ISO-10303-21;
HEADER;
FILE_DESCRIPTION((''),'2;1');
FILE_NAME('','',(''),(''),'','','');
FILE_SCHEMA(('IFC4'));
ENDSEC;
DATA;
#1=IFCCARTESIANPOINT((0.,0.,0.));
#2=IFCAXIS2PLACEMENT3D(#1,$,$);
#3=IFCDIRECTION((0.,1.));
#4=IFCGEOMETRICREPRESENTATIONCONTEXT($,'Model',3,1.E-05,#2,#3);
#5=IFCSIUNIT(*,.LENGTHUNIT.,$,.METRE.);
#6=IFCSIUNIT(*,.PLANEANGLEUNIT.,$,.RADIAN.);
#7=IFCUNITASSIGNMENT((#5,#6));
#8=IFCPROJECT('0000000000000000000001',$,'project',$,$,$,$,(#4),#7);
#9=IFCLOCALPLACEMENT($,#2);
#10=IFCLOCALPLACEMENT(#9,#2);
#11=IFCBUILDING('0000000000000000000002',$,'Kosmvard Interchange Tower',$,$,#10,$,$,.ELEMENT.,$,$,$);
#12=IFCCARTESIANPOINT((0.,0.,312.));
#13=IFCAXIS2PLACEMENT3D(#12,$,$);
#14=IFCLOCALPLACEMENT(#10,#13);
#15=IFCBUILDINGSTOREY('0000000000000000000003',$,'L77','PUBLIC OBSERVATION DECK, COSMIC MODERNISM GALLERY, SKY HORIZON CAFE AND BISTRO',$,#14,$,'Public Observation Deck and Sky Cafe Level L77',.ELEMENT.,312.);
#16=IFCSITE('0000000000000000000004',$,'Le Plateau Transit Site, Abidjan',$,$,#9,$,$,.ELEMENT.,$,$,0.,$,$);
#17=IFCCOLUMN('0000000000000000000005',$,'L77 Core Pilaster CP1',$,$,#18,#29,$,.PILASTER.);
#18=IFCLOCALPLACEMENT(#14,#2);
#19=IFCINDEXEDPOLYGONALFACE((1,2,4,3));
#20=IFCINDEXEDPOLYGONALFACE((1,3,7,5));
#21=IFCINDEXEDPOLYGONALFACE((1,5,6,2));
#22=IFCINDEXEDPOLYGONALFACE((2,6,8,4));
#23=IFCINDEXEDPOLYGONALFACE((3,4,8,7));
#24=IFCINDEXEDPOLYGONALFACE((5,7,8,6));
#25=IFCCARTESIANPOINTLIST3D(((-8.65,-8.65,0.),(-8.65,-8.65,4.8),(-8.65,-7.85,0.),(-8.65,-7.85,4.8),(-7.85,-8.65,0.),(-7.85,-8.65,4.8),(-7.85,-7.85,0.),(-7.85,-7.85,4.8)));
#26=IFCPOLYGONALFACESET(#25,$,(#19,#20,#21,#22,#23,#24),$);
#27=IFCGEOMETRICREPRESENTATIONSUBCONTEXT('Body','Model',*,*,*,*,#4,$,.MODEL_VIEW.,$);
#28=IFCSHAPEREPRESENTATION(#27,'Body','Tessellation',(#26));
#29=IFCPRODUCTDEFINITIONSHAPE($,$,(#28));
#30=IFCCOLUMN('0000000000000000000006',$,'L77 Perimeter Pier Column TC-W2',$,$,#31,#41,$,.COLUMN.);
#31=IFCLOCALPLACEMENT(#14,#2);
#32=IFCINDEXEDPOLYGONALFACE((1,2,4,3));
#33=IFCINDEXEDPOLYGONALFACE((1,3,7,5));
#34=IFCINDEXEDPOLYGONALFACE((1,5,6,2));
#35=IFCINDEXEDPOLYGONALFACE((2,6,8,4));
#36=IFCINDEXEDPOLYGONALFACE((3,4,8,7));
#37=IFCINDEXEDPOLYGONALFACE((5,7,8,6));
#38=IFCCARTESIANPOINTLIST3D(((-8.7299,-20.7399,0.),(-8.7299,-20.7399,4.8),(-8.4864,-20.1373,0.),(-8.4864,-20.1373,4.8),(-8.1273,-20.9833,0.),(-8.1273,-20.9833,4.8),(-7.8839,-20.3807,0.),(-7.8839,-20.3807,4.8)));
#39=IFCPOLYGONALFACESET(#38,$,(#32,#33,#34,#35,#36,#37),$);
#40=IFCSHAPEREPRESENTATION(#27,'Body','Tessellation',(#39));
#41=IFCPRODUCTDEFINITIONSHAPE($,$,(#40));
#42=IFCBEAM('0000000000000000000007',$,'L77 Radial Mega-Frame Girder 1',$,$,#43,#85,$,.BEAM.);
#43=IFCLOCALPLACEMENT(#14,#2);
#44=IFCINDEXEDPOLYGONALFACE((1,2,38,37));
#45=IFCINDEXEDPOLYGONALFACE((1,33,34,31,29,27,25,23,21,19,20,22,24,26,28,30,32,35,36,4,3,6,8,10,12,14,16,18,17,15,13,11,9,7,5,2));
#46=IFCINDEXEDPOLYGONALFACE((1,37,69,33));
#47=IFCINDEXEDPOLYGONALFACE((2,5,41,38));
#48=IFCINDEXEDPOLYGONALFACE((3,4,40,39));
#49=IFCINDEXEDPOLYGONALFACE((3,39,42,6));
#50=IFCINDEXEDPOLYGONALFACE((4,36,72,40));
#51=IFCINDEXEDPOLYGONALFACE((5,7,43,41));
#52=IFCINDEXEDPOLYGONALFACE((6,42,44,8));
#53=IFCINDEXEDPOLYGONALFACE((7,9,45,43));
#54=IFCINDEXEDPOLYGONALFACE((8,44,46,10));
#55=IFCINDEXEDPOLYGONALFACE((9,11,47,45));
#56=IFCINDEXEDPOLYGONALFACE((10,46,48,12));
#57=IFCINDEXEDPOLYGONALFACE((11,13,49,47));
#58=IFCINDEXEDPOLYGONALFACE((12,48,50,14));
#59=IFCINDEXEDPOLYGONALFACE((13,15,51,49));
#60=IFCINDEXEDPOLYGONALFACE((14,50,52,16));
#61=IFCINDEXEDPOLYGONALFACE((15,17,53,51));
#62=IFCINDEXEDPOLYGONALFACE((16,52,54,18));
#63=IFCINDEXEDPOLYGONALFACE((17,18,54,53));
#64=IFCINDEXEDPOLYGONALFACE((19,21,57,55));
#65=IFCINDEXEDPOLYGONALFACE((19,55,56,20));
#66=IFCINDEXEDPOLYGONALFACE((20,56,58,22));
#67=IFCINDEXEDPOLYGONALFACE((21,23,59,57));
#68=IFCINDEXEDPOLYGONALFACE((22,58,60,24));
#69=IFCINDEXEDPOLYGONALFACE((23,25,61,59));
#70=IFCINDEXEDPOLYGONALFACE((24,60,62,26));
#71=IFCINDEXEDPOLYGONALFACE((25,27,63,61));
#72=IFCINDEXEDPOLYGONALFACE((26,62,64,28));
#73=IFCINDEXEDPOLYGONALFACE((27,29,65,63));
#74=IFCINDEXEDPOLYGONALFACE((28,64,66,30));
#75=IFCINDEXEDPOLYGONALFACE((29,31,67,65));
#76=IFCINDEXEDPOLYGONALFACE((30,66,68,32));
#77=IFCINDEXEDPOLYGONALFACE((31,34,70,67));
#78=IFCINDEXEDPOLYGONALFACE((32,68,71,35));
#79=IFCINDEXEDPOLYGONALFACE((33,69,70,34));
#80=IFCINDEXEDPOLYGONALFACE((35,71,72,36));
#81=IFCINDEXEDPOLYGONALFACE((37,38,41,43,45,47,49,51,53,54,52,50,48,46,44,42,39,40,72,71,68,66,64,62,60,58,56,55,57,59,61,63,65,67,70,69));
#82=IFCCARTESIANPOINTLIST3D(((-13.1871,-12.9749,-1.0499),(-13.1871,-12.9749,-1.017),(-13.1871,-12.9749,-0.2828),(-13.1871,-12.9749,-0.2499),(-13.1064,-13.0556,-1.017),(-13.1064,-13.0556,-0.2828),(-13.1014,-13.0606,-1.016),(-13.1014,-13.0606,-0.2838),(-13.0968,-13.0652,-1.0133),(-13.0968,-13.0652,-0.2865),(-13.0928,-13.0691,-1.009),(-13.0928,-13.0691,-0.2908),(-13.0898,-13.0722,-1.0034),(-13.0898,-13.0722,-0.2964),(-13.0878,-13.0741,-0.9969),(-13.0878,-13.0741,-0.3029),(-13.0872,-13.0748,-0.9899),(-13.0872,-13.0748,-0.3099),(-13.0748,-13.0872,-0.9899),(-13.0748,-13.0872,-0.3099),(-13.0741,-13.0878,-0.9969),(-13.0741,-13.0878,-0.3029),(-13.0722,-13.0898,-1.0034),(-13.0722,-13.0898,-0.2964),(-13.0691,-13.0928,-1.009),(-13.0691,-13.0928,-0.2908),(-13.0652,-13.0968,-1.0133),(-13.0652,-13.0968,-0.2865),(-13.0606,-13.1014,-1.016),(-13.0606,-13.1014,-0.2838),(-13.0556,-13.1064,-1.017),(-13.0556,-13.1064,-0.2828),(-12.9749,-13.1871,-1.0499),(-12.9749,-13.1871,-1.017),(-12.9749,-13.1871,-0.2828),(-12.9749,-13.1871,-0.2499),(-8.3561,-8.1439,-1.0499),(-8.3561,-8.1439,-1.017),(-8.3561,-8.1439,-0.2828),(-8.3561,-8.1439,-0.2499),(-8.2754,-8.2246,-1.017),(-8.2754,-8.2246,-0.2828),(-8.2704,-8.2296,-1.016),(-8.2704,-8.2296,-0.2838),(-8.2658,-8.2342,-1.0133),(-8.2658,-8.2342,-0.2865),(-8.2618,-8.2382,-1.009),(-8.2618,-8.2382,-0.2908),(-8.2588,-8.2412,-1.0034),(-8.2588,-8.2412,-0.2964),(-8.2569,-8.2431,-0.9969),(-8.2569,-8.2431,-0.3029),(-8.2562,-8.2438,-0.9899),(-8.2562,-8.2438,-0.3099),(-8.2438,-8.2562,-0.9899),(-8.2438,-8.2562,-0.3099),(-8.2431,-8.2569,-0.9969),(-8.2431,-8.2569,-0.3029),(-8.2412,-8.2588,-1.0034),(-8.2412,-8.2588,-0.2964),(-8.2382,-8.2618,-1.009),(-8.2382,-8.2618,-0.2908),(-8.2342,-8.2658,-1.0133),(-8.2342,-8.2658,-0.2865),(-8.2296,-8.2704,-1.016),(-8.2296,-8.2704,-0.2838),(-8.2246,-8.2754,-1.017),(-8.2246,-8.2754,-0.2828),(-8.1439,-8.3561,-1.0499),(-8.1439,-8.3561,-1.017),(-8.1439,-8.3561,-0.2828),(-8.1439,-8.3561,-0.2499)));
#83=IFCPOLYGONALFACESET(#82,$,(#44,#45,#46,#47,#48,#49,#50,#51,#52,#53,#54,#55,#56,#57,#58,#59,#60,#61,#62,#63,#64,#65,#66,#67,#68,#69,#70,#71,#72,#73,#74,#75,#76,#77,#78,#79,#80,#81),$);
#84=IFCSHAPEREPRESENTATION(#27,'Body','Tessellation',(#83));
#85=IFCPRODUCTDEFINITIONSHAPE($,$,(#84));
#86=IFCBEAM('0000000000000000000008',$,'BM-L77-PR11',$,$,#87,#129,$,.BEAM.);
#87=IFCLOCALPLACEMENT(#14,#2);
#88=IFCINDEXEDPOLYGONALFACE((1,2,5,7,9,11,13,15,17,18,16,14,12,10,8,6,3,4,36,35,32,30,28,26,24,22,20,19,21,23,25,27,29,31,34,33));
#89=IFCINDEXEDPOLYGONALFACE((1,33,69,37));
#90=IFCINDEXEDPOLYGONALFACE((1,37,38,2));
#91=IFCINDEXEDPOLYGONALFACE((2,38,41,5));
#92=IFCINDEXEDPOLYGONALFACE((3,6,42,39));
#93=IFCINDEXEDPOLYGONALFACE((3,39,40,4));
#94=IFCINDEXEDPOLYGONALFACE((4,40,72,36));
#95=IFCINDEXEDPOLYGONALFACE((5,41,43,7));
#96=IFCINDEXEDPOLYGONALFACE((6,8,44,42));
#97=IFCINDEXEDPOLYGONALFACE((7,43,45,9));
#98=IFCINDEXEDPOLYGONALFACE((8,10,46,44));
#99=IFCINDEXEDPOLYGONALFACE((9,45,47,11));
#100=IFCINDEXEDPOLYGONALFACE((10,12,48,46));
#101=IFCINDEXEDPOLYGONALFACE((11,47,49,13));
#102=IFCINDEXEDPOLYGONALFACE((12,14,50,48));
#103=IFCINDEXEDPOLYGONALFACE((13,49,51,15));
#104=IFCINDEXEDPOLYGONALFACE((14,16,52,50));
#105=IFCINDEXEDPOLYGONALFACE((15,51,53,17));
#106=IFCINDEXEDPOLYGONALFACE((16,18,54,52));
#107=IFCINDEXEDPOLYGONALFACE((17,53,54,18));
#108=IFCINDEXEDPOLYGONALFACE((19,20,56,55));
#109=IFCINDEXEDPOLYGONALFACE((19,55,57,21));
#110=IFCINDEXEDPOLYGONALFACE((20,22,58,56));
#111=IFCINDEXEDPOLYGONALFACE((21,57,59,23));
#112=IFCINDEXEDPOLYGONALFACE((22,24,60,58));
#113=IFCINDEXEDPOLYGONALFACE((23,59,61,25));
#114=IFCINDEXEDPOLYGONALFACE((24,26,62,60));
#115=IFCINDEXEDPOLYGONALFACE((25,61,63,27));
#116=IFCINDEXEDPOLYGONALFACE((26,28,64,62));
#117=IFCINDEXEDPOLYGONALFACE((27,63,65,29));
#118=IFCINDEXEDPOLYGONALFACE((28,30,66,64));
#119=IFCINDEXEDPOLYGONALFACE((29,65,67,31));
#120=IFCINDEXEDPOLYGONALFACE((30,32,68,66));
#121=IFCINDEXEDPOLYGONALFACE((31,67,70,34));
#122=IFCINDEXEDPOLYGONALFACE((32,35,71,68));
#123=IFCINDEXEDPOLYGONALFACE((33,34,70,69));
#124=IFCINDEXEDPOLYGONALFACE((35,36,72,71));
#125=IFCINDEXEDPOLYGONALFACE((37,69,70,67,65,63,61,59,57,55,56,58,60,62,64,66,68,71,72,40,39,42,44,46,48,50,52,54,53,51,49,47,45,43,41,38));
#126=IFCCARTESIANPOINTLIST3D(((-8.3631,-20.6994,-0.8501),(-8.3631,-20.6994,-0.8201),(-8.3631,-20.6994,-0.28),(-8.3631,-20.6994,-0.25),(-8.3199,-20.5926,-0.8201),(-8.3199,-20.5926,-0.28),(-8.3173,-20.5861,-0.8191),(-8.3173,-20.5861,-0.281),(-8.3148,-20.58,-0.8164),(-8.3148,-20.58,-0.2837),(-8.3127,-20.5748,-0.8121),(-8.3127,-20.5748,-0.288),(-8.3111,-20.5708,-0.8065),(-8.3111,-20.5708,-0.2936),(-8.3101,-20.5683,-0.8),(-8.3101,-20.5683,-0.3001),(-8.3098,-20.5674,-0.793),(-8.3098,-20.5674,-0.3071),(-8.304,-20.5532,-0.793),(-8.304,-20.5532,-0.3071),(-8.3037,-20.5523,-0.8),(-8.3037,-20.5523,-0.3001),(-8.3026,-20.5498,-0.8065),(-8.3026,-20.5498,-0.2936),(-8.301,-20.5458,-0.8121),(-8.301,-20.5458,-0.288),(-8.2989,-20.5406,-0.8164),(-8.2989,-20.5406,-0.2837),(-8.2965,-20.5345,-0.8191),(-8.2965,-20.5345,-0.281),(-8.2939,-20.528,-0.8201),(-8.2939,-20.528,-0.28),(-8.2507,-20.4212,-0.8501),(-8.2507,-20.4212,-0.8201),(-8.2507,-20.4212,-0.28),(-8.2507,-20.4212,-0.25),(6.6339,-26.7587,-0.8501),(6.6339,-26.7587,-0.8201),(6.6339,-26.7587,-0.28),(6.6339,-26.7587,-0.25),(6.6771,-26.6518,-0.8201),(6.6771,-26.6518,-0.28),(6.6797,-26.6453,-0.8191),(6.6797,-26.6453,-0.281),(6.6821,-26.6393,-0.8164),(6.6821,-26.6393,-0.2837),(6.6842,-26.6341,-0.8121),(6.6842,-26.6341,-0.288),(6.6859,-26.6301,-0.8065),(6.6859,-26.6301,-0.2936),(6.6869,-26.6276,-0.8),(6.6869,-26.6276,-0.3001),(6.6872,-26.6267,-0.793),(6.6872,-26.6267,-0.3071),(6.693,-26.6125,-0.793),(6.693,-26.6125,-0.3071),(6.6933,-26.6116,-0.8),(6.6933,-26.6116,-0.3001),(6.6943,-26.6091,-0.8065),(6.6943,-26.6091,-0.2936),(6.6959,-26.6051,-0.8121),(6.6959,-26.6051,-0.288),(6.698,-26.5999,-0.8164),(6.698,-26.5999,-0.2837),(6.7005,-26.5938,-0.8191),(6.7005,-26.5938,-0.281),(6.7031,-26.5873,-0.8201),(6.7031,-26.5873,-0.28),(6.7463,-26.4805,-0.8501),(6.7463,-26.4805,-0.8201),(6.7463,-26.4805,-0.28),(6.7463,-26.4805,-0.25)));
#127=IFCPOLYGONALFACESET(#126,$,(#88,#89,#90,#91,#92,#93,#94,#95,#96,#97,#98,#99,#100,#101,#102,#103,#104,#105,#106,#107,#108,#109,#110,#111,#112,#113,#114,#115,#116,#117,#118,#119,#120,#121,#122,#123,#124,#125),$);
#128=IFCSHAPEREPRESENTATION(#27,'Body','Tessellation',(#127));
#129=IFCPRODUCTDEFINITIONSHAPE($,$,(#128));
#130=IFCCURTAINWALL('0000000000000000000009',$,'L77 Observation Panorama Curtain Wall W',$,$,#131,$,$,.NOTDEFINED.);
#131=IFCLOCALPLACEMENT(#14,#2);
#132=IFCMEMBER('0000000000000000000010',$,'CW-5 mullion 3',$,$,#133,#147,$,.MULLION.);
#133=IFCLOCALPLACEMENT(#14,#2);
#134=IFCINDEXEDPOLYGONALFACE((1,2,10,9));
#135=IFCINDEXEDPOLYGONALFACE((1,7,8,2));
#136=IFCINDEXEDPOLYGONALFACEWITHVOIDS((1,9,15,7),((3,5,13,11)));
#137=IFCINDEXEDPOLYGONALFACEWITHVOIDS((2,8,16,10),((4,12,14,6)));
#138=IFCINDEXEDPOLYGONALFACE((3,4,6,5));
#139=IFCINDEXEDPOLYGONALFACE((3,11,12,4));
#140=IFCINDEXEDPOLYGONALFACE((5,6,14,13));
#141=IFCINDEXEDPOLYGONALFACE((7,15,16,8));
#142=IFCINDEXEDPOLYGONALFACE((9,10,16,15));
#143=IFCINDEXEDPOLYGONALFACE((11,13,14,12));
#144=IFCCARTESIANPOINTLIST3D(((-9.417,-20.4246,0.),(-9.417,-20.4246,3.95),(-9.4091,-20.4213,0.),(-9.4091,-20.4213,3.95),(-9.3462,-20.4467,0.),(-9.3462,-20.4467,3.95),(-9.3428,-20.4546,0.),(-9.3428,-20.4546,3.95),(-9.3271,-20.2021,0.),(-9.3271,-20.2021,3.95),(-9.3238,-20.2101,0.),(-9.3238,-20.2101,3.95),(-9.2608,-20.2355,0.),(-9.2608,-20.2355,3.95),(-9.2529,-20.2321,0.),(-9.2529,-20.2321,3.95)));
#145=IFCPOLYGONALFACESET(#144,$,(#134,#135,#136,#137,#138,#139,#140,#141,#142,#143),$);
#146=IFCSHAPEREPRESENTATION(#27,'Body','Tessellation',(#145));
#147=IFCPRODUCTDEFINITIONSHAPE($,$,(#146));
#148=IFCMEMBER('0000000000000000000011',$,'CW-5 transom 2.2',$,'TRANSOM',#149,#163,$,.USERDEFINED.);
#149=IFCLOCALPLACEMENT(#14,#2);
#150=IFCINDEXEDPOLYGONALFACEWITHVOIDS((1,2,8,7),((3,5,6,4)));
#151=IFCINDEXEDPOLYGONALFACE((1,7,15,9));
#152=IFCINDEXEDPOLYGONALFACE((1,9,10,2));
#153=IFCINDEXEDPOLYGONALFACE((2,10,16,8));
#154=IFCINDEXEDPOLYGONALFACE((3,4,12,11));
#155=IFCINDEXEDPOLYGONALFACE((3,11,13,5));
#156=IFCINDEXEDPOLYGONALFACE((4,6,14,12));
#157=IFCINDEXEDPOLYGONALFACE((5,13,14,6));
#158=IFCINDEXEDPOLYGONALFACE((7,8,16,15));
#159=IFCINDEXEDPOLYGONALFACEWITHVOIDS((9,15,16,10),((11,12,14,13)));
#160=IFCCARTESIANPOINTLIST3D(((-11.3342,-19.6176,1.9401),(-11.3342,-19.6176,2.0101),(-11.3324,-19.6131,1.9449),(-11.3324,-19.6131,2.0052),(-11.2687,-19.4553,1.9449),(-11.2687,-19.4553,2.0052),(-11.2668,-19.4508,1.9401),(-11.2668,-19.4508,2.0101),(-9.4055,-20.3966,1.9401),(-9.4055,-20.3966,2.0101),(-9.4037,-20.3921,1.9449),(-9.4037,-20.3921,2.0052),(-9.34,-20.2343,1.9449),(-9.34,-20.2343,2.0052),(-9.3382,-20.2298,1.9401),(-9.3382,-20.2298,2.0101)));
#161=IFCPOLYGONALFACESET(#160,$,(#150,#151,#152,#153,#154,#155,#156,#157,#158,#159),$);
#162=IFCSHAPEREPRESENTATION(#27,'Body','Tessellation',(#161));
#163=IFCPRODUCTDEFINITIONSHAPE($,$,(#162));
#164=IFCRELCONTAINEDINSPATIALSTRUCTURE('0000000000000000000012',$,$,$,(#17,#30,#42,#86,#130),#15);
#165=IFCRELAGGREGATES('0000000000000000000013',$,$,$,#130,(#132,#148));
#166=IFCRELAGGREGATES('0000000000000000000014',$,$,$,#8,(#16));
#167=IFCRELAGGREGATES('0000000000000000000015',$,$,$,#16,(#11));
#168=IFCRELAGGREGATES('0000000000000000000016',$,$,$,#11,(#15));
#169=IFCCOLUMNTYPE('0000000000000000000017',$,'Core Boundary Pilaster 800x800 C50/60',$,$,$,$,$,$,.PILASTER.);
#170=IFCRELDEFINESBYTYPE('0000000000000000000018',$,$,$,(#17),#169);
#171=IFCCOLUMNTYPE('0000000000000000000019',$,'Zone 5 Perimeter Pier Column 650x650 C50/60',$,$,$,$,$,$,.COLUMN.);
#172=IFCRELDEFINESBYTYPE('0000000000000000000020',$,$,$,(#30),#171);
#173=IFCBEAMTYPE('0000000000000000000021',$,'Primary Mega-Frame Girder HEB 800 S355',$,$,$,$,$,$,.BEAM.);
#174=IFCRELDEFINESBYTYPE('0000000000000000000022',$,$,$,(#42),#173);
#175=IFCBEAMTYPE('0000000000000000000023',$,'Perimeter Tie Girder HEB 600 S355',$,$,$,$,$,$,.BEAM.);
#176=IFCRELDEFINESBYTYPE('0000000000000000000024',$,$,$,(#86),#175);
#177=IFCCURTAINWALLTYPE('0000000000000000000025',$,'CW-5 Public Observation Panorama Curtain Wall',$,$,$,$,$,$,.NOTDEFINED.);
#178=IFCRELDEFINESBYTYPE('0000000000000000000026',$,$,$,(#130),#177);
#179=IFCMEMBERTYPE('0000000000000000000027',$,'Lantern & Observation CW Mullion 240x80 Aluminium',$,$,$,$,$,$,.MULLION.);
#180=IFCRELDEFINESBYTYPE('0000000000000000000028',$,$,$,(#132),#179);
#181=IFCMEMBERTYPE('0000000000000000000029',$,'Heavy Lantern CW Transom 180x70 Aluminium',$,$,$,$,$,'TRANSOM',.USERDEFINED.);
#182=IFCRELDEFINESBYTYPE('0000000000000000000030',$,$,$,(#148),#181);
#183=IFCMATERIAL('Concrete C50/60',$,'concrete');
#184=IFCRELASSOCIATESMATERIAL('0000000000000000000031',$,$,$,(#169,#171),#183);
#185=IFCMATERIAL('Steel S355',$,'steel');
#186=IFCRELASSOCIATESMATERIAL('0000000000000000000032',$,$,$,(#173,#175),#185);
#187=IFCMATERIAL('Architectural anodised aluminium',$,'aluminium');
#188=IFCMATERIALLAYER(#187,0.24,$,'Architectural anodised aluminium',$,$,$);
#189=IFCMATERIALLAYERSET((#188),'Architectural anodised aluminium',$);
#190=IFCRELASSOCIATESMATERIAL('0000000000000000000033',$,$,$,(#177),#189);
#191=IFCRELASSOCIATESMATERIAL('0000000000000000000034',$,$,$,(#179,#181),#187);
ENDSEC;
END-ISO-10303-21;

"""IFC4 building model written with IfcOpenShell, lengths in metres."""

from ifc_helpers import new_model, si_unit, direction, frame, origin, origin_2d, place, context, subcontext, project, spatial, rectangle, hollow_rectangle, i_section, extrude, source, transform, mapped, material, layer, layer_set, material_profile, profile_set, type_object, element, aggregate, save


model = new_model("IFC4")

# Units and contexts
model_context = context("Model", 3, precision=1e-05, world=origin(), true_north=direction((0.0, 1.0)))
body_context = subcontext(model_context, "Body", "Model", "MODEL_VIEW")
ifc_project = project(units=[si_unit("LENGTHUNIT", "METRE"), si_unit("PLANEANGLEUNIT", "RADIAN")], contexts=[model_context])

# Site, building, storey
site_placement = place(None, origin())
site = spatial("IfcSite", under=ifc_project, at=site_placement, Name="Le Plateau Transit Site, Abidjan", CompositionType="ELEMENT", RefElevation=0.0)
building_placement = place(site_placement, origin())
building = spatial("IfcBuilding", under=site, at=building_placement, Name="Kosmvard Interchange Tower", CompositionType="ELEMENT")
storey_placement = place(building_placement, frame((0.0, 0.0, 312.0)))
storey = spatial("IfcBuildingStorey", under=building, at=storey_placement, Name="L77", Description="PUBLIC OBSERVATION DECK, COSMIC MODERNISM GALLERY, SKY HORIZON CAFE AND BISTRO", LongName="Public Observation Deck and Sky Cafe Level L77", CompositionType="ELEMENT", Elevation=312.0)

# Columns
ifc_material_1 = material(Name="Concrete C50/60", Category="concrete")
ifc_material_profile_1 = material_profile(ifc_material_1, rectangle(XDim=0.8, YDim=0.8, at=origin_2d()), Name="CP 800x800")
ifc_profile_set_1 = profile_set([ifc_material_profile_1], Name="Concrete C50/60")
column_type_1 = type_object("IfcColumnType", Name="Core Boundary Pilaster 800x800 C50/60", PredefinedType="PILASTER", material=ifc_profile_set_1)
shared_shape_1 = source(origin(), body_context, "Body", "SweptSolid", [
    extrude(rectangle(XDim=0.8, YDim=0.8, at=origin_2d()), origin(), (0.0, 0.0, 1.0), 4.8),
])
column_1_placement = place(storey_placement, frame((-8.25, -8.25, 0.0), z_axis=(0.0, 0.0, 1.0), x_axis=(1.0, 0.0, 0.0)))
element("IfcColumn", 1, at=column_1_placement, inside=storey, type_object=column_type_1, Name="L77 Core Pilaster CP1", PredefinedType="PILASTER", context=body_context, shape_type="MappedRepresentation", body=[
    mapped(shared_shape_1, transform((0.0, 0.0, 0.0), scale=1.0)),
])
ifc_material_profile_2 = material_profile(ifc_material_1, rectangle(XDim=0.6499, YDim=0.6499, at=origin_2d()), Name="TC 650x650")
ifc_profile_set_2 = profile_set([ifc_material_profile_2], Name="Concrete C50/60")
column_type_2 = type_object("IfcColumnType", Name="Zone 5 Perimeter Pier Column 650x650 C50/60", PredefinedType="COLUMN", material=ifc_profile_set_2)
shared_shape_2 = source(origin(), body_context, "Body", "SweptSolid", [
    extrude(rectangle(XDim=0.6499, YDim=0.6499, at=origin_2d()), origin(), (0.0, 0.0, 1.0), 4.8),
])
column_2_placement = place(storey_placement, frame((-8.3069, -20.5603, 0.0), z_axis=(0.0, 0.0, 1.0), x_axis=(0.374607, 0.927184, 0.0)))
element("IfcColumn", 2, at=column_2_placement, inside=storey, type_object=column_type_2, Name="L77 Perimeter Pier Column TC-W2", PredefinedType="COLUMN", context=body_context, shape_type="MappedRepresentation", body=[
    mapped(shared_shape_2, transform((0.0, 0.0, 0.0), scale=1.0)),
])

# Beams
ifc_material_2 = material(Name="Steel S355", Category="steel")
ifc_material_profile_3 = material_profile(ifc_material_2, i_section(OverallWidth=0.3, OverallDepth=0.8, WebThickness=0.0176, FlangeThickness=0.033, FilletRadius=0.0271, at=origin_2d()), Name="HEB 800")
ifc_profile_set_3 = profile_set([ifc_material_profile_3], Name="Steel S355")
beam_type_1 = type_object("IfcBeamType", Name="Primary Mega-Frame Girder HEB 800 S355", PredefinedType="BEAM", material=ifc_profile_set_3)
shared_shape_3 = source(origin(), body_context, "Body", "SweptSolid", [
    extrude(i_section(OverallWidth=0.3, OverallDepth=0.8, WebThickness=0.0176, FlangeThickness=0.033, FilletRadius=0.0271, at=origin_2d()), origin(), (0.0, 0.0, 1.0), 6.832),
])
beam_1_placement = place(storey_placement, frame((-8.25, -8.25, -0.6499), z_axis=(-0.707107, -0.707107, 0.0), x_axis=(0.707107, -0.707107, 0.0)))
element("IfcBeam", 3, at=beam_1_placement, inside=storey, type_object=beam_type_1, Name="L77 Radial Mega-Frame Girder 1", PredefinedType="BEAM", context=body_context, shape_type="MappedRepresentation", body=[
    mapped(shared_shape_3, transform((0.0, 0.0, 0.0), scale=1.0)),
])
ifc_material_profile_4 = material_profile(ifc_material_2, i_section(OverallWidth=0.3, OverallDepth=0.6001, WebThickness=0.0154, FlangeThickness=0.03, FilletRadius=0.0271, at=origin_2d()), Name="HEB 600")
ifc_profile_set_4 = profile_set([ifc_material_profile_4], Name="Steel S355")
beam_type_2 = type_object("IfcBeamType", Name="Perimeter Tie Girder HEB 600 S355", PredefinedType="BEAM", material=ifc_profile_set_4)
shared_shape_4 = source(origin(), body_context, "Body", "SweptSolid", [
    extrude(i_section(OverallWidth=0.3, OverallDepth=0.6001, WebThickness=0.0154, FlangeThickness=0.03, FilletRadius=0.0271, at=origin_2d()), origin(), (0.0, 0.0, 1.0), 16.1748),
])
beam_2_placement = place(storey_placement, frame((-8.3069, -20.5603, -0.55), z_axis=(0.927181, -0.374613, 0.0), x_axis=(0.374613, 0.927181, 0.0)))
element("IfcBeam", 4, at=beam_2_placement, inside=storey, type_object=beam_type_2, Name="BM-L77-PR11", PredefinedType="BEAM", context=body_context, shape_type="MappedRepresentation", body=[
    mapped(shared_shape_4, transform((0.0, 0.0, 0.0), scale=1.0)),
])

# Curtain wall, members
ifc_material_3 = material(Name="Architectural anodised aluminium", Category="aluminium")
ifc_layer_1 = layer(ifc_material_3, 0.24, Name="Architectural anodised aluminium")
ifc_layer_set_1 = layer_set([ifc_layer_1], Name="Architectural anodised aluminium")
curtain_wall_type = type_object("IfcCurtainWallType", Name="CW-5 Public Observation Panorama Curtain Wall", PredefinedType="NOTDEFINED", material=ifc_layer_set_1)
curtain_wall_placement = place(storey_placement, origin())
curtain_wall = element("IfcCurtainWall", 5, at=curtain_wall_placement, inside=storey, type_object=curtain_wall_type, Name="L77 Observation Panorama Curtain Wall W", PredefinedType="NOTDEFINED")
ifc_material_profile_5 = material_profile(ifc_material_3, hollow_rectangle(XDim=0.24, YDim=0.0801, WallThickness=0.0061, at=origin_2d()), Name="CWM 240x80x6")
ifc_profile_set_5 = profile_set([ifc_material_profile_5], Name="Architectural anodised aluminium")
member_type_1 = type_object("IfcMemberType", Name="Lantern & Observation CW Mullion 240x80 Aluminium", PredefinedType="MULLION", material=ifc_profile_set_5)
shared_shape_5 = source(origin(), body_context, "Body", "SweptSolid", [
    extrude(hollow_rectangle(XDim=0.24, YDim=0.0801, WallThickness=0.0061, at=origin_2d()), origin(), (0.0, 0.0, 1.0), 3.95),
])
member_1_placement = place(storey_placement, frame((-9.335, -20.3284, 0.0), z_axis=(0.0, 0.0, 1.0), x_axis=(0.374607, 0.927184, 0.0)))
member_1 = element("IfcMember", 6, at=member_1_placement, type_object=member_type_1, Name="CW-5 mullion 3", PredefinedType="MULLION", context=body_context, shape_type="MappedRepresentation", body=[
    mapped(shared_shape_5, transform((0.0, 0.0, 0.0), scale=1.0)),
])
ifc_material_profile_6 = material_profile(ifc_material_3, hollow_rectangle(XDim=0.1799, YDim=0.0701, WallThickness=0.0049, at=origin_2d()), Name="CWT 180x70x5")
ifc_profile_set_6 = profile_set([ifc_material_profile_6], Name="Architectural anodised aluminium")
member_type_2 = type_object("IfcMemberType", Name="Heavy Lantern CW Transom 180x70 Aluminium", ElementType="TRANSOM", PredefinedType="USERDEFINED", material=ifc_profile_set_6)
shared_shape_6 = source(origin(), body_context, "Body", "SweptSolid", [
    extrude(hollow_rectangle(XDim=0.1799, YDim=0.0701, WallThickness=0.0049, at=origin_2d()), origin(), (0.0, 0.0, 1.0), 2.0801),
])
member_2_placement = place(storey_placement, frame((-11.3005, -19.5342, 1.9751), z_axis=(0.927217, -0.374525, 0.0), x_axis=(0.374525, 0.927217, 0.0)))
member_2 = element("IfcMember", 7, at=member_2_placement, type_object=member_type_2, Name="CW-5 transom 2.2", ObjectType="TRANSOM", PredefinedType="USERDEFINED", context=body_context, shape_type="MappedRepresentation", body=[
    mapped(shared_shape_6, transform((0.0, 0.0, 0.0), scale=1.0)),
])
aggregate(curtain_wall, [member_1, member_2])

save(model, "model.ifc")
